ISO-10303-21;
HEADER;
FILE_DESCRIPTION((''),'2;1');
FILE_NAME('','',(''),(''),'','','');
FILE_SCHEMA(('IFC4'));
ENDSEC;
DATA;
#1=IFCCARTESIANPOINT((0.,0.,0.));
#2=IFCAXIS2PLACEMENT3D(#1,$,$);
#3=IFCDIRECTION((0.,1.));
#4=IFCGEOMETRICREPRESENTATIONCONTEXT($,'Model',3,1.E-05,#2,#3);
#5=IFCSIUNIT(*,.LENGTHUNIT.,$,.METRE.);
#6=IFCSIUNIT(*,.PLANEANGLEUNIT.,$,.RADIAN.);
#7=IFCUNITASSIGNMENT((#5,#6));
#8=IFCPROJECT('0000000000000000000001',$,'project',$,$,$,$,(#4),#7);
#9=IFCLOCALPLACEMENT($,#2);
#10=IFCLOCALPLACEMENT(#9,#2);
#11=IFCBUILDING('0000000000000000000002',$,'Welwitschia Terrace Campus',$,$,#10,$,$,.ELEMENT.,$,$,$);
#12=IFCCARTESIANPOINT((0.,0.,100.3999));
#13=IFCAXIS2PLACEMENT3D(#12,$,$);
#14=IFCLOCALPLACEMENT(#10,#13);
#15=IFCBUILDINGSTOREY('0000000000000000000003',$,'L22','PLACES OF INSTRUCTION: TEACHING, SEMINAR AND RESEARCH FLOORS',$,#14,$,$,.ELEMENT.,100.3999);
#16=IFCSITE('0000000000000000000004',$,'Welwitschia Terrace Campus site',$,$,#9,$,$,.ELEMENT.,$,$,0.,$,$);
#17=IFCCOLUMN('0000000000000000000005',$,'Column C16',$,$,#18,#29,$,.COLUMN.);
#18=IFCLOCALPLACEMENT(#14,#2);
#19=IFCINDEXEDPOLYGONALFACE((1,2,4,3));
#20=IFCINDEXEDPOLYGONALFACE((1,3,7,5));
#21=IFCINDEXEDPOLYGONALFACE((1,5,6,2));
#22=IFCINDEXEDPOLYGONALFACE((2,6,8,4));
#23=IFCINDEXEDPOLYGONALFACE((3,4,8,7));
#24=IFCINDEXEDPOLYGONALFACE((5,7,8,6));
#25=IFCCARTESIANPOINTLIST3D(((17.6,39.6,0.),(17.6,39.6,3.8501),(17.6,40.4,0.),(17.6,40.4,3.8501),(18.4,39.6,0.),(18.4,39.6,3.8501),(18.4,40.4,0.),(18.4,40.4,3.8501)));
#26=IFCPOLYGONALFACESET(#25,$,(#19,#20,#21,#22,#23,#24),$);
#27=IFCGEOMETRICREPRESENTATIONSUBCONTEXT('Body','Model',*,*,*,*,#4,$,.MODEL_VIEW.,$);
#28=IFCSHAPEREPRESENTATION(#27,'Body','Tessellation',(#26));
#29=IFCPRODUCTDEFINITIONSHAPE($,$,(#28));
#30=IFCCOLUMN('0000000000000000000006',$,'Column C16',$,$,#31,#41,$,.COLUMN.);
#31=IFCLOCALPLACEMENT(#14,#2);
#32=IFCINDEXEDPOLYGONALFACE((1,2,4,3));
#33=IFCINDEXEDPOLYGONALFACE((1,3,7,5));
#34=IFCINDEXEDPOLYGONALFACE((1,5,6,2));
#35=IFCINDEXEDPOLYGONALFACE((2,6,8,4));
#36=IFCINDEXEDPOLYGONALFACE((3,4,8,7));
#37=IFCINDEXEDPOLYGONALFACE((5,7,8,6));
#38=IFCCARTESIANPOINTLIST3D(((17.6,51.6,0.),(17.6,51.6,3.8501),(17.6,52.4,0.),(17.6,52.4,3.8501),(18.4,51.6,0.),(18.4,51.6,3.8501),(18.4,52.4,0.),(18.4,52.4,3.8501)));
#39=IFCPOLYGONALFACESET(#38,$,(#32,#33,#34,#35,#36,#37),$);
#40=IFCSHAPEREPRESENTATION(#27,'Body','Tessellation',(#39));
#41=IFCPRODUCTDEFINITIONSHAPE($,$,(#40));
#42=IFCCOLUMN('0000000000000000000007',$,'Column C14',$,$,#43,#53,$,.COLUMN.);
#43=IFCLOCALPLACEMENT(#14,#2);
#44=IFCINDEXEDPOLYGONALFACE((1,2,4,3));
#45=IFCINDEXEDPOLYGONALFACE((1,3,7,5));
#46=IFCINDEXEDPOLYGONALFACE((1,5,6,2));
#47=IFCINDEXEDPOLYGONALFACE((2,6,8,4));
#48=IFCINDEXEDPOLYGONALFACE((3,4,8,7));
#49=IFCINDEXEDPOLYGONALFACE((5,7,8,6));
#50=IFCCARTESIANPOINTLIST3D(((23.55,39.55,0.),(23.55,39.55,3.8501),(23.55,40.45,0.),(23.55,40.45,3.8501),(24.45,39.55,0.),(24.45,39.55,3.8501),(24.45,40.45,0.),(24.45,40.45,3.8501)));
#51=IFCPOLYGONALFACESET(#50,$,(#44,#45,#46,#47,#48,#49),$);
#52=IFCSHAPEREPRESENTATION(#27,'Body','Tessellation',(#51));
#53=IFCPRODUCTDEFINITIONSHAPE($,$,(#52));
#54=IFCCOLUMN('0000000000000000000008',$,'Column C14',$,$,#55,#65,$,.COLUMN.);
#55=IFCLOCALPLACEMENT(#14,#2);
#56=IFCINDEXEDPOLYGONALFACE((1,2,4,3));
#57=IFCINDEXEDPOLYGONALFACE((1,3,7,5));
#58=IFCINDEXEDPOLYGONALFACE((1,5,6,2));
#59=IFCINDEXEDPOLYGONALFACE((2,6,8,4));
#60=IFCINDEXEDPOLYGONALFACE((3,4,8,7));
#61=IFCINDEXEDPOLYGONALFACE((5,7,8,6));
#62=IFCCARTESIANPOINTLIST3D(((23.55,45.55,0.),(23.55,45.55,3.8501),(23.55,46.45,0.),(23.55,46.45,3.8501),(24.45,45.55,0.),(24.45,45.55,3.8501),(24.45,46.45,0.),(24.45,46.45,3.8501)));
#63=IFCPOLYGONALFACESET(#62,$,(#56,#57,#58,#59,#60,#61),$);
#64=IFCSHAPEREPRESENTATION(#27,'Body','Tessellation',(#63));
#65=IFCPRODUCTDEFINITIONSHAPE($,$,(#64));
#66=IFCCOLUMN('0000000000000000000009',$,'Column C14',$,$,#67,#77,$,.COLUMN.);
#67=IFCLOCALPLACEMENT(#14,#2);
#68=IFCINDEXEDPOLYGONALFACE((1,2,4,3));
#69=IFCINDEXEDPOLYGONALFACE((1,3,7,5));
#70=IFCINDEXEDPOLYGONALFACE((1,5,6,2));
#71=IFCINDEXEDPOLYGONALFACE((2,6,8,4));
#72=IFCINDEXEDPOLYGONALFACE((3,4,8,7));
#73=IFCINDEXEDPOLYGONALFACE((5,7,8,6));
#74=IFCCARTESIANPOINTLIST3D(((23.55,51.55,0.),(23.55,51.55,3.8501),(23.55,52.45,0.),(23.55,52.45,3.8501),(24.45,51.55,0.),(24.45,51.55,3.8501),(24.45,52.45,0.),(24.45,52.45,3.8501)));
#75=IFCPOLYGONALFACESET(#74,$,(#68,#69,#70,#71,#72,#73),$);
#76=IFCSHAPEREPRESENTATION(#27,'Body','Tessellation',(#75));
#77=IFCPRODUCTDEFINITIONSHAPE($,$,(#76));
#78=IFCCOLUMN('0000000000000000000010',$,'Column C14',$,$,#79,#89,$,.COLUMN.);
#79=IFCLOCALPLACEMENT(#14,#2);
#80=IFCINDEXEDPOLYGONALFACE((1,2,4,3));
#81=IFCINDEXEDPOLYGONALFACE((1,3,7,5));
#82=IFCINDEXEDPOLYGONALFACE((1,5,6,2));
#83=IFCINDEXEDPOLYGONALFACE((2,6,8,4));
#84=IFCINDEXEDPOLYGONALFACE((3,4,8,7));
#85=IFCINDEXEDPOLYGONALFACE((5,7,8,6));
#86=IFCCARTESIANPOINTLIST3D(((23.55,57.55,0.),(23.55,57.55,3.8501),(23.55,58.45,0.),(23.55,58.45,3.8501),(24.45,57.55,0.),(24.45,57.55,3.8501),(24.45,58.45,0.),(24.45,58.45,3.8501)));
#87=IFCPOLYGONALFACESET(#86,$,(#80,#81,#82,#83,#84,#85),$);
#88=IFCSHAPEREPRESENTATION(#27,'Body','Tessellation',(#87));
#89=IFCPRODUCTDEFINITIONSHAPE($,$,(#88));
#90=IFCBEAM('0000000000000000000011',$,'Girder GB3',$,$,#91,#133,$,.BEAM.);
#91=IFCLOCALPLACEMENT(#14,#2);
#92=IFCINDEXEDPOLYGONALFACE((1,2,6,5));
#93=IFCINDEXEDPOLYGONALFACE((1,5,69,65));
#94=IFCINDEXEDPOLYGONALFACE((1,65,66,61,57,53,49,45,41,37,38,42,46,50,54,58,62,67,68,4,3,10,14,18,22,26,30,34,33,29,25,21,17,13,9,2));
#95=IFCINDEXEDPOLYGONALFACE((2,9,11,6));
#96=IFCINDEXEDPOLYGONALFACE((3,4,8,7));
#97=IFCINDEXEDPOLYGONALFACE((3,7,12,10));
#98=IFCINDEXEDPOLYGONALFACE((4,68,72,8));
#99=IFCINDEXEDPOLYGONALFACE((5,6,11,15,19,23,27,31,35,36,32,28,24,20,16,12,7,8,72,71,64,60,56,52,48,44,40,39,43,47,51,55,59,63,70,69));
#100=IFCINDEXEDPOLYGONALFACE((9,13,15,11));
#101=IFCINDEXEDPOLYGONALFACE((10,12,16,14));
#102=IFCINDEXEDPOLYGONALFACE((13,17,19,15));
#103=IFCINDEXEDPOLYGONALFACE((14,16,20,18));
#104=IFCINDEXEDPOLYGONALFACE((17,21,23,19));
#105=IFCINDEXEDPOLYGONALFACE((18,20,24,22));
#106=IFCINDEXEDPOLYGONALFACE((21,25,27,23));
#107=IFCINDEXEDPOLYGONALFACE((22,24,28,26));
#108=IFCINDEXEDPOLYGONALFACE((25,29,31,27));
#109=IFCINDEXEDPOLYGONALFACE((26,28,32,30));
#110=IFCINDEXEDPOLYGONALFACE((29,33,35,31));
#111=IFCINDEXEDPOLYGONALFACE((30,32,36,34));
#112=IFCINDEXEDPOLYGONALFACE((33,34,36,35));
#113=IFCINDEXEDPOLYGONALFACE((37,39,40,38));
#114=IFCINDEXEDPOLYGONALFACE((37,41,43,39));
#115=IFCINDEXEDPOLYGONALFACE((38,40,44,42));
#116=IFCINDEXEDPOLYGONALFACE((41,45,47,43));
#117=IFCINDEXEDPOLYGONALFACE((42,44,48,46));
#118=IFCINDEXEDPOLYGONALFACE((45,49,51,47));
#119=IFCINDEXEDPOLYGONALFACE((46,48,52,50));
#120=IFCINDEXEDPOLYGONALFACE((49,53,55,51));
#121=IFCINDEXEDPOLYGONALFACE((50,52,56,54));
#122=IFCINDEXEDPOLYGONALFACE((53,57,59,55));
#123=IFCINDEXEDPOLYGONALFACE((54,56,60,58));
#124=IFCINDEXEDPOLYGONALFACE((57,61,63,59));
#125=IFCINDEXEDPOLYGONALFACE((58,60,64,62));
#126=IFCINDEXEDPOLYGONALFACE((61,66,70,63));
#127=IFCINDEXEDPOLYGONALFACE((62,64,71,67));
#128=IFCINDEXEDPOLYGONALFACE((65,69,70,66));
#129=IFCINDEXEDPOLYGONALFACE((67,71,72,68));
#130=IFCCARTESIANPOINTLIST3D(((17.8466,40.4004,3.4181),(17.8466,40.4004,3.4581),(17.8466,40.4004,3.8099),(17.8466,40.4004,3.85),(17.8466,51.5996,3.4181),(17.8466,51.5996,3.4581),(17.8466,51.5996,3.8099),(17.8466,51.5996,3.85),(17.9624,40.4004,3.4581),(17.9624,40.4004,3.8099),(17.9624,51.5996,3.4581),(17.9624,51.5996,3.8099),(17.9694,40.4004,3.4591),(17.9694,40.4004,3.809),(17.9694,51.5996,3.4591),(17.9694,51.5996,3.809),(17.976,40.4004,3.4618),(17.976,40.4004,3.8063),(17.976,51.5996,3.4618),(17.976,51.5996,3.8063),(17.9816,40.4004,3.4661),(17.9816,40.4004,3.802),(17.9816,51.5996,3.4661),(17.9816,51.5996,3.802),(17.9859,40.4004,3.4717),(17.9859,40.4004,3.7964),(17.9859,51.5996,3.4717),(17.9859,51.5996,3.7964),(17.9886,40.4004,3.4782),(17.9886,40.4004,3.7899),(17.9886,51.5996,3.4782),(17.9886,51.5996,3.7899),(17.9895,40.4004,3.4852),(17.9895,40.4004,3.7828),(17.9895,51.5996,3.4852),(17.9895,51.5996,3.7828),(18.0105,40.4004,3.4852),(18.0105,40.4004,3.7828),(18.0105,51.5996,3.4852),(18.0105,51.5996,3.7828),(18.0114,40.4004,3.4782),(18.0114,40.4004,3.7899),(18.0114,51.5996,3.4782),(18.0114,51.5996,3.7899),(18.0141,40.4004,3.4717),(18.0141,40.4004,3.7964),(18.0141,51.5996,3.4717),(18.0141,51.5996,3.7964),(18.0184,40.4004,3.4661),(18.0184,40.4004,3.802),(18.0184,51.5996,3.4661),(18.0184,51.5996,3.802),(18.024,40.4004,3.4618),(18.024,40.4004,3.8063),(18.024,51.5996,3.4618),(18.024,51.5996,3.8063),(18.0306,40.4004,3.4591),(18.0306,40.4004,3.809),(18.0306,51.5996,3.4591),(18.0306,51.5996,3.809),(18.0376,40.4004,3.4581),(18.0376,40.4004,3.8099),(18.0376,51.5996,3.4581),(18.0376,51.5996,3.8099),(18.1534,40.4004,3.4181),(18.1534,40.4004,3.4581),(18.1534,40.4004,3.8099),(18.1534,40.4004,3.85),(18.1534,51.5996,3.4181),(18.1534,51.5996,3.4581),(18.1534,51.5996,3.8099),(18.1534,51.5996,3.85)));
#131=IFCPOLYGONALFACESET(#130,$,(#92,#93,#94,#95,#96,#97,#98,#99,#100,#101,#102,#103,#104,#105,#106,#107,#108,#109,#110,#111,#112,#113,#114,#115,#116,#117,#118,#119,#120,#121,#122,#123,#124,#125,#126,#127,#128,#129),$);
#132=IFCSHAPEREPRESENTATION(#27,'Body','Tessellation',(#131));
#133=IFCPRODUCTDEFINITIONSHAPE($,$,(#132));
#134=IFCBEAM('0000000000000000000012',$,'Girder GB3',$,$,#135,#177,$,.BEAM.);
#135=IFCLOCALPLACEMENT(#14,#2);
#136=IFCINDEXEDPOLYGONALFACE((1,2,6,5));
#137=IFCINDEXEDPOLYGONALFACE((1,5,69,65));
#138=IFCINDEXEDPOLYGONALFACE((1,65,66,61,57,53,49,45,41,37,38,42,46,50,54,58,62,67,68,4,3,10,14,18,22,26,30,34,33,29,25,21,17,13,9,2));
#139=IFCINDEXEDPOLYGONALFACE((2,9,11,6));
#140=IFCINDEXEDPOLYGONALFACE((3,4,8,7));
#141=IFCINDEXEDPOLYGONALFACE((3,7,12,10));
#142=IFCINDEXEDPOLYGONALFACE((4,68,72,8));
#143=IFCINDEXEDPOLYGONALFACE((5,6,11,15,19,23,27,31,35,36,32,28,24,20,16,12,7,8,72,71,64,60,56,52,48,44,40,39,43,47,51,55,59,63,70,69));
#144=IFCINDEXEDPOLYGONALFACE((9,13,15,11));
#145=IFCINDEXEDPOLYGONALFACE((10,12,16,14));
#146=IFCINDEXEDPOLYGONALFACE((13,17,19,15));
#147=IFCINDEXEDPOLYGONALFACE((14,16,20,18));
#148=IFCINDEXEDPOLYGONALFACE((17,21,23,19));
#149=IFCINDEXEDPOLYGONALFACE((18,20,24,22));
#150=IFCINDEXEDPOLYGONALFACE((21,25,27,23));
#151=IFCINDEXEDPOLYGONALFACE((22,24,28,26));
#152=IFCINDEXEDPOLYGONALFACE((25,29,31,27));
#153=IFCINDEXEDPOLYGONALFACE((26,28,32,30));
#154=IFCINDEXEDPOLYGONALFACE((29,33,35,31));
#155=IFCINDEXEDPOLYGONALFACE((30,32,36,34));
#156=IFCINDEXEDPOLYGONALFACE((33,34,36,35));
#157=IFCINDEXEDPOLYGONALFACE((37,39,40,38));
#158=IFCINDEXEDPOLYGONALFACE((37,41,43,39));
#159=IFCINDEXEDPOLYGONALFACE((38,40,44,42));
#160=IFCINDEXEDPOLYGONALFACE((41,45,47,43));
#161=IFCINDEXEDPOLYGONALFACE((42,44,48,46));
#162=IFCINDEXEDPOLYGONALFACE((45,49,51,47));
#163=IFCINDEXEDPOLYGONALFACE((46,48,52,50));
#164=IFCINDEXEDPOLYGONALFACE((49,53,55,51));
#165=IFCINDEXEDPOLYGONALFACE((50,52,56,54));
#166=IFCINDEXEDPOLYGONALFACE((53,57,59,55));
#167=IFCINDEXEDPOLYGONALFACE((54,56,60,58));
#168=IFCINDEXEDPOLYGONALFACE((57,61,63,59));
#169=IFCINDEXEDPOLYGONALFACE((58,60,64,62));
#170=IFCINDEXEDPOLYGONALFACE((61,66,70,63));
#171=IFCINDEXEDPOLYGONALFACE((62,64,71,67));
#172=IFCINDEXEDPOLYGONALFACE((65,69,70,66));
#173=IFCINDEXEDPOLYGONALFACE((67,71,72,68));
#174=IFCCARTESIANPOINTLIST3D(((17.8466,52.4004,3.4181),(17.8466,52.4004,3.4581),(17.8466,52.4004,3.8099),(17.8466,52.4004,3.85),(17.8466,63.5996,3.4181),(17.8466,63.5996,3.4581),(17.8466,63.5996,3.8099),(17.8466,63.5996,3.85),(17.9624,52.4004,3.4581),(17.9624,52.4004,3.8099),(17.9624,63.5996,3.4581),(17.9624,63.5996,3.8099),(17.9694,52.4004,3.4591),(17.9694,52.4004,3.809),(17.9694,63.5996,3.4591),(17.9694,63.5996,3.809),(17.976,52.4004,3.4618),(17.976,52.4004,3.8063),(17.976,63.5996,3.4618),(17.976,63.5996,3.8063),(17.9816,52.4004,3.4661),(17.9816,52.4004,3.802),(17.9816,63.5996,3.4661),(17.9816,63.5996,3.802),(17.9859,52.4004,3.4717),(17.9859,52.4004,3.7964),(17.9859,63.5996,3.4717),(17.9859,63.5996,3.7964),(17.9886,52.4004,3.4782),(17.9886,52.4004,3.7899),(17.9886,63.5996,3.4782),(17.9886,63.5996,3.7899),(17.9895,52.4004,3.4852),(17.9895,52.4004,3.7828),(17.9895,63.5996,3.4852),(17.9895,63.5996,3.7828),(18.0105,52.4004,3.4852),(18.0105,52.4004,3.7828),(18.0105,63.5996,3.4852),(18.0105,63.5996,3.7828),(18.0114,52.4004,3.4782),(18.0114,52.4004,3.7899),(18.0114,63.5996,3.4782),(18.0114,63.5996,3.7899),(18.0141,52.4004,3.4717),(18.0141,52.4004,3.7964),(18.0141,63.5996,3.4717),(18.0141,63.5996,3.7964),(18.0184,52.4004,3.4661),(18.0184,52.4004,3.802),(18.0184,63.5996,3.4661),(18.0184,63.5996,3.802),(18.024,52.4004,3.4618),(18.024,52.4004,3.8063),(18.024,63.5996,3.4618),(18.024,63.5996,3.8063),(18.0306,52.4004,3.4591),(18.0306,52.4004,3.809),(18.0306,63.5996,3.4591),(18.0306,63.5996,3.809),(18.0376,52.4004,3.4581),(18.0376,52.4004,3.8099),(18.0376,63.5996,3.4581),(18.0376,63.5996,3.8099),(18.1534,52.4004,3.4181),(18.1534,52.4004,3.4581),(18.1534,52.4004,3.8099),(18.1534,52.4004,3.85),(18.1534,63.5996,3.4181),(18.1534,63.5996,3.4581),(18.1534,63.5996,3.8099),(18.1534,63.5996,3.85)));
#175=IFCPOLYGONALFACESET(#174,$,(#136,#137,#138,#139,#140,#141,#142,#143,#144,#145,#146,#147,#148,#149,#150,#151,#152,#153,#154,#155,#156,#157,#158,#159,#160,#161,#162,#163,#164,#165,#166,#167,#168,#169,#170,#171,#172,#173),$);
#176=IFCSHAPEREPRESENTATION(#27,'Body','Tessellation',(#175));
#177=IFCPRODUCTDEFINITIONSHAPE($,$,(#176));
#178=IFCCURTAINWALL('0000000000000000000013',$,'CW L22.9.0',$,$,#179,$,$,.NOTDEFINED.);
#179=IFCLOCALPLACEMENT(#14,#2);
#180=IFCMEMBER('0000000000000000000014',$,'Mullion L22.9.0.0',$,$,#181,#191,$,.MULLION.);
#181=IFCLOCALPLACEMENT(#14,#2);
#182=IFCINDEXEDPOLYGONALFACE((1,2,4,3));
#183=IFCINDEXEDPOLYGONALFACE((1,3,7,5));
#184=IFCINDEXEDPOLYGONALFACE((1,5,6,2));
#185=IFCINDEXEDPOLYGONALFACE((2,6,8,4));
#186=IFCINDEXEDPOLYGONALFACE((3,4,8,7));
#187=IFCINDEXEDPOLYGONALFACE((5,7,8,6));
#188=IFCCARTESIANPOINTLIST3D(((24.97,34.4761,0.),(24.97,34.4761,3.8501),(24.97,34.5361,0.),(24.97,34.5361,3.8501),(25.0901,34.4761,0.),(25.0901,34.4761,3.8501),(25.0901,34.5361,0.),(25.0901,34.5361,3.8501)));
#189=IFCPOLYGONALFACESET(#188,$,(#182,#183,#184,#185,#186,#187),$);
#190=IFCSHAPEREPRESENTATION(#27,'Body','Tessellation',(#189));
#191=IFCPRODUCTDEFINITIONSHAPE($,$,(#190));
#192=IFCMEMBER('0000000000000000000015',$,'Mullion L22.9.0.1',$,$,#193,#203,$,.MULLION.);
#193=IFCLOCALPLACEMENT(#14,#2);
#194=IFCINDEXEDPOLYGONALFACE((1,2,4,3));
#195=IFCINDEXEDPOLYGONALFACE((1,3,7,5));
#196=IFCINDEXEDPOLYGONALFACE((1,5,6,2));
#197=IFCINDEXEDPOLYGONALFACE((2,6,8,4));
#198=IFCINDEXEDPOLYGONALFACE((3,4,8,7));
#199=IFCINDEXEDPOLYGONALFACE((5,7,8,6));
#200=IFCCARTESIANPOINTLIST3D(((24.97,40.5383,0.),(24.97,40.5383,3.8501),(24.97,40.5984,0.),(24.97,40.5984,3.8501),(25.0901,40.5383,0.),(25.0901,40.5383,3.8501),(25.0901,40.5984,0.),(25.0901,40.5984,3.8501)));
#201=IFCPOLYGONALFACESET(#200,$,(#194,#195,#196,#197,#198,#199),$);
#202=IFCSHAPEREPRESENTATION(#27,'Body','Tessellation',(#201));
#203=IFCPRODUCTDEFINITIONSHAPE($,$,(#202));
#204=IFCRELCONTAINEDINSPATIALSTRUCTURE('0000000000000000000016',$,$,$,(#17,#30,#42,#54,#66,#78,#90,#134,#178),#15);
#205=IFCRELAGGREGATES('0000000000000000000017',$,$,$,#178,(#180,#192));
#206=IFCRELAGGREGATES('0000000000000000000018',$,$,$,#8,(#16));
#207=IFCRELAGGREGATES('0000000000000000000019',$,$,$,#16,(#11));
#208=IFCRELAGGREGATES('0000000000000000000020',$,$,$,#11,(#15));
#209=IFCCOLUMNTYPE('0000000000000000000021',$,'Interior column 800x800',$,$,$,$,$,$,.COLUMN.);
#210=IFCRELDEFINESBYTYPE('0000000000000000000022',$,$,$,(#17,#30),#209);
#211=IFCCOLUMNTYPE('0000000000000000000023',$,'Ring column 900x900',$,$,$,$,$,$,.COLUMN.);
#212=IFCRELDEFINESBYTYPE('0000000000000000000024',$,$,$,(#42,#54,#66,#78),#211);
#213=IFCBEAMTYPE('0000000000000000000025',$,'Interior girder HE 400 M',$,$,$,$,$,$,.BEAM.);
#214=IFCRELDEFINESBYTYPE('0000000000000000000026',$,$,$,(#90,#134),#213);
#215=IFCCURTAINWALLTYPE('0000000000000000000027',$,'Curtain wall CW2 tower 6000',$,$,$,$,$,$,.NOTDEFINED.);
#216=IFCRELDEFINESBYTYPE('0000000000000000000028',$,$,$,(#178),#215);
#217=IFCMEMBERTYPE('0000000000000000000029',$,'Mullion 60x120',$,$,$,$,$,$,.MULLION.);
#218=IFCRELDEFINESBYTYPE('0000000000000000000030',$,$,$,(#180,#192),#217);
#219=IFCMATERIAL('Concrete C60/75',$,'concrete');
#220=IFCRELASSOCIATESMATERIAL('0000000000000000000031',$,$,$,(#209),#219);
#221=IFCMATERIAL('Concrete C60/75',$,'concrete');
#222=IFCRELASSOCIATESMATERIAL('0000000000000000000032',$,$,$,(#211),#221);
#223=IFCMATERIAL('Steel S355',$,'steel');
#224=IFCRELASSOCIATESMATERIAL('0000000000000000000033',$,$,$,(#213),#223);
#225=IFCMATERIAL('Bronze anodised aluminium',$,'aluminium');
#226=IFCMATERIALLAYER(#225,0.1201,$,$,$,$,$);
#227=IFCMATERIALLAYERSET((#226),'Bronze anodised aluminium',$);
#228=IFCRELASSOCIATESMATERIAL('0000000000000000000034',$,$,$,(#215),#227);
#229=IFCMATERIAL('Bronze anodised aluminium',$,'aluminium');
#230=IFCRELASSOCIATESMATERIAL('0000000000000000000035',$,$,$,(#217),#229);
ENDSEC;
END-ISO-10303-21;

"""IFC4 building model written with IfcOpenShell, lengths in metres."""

from ifc_helpers import new_model, si_unit, direction, frame, origin, origin_2d, place, context, subcontext, project, spatial, rectangle, i_section, extrude, material, layer, layer_set, material_profile, profile_set, type_object, element, aggregate, save


model = new_model("IFC4")

# Units and contexts
model_context = context("Model", 3, precision=1e-05, world=origin(), true_north=direction((0.0, 1.0)))
body_context = subcontext(model_context, "Body", "Model", "MODEL_VIEW")
ifc_project = project(units=[si_unit("LENGTHUNIT", "METRE"), si_unit("PLANEANGLEUNIT", "RADIAN")], contexts=[model_context])

# Site, building, storey
site_placement = place(None, origin())
site = spatial("IfcSite", under=ifc_project, at=site_placement, Name="Welwitschia Terrace Campus site", CompositionType="ELEMENT", RefElevation=0.0)
building_placement = place(site_placement, origin())
building = spatial("IfcBuilding", under=site, at=building_placement, Name="Welwitschia Terrace Campus", CompositionType="ELEMENT")
storey_placement = place(building_placement, frame((0.0, 0.0, 100.3999)))
storey = spatial("IfcBuildingStorey", under=building, at=storey_placement, Name="L22", Description="PLACES OF INSTRUCTION: TEACHING, SEMINAR AND RESEARCH FLOORS", CompositionType="ELEMENT", Elevation=100.3999)

# Columns
ifc_material_1 = material(Name="Concrete C60/75", Category="concrete")
ifc_material_profile_1 = material_profile(ifc_material_1, rectangle(XDim=0.8, YDim=0.8, at=origin_2d()))
ifc_profile_set_1 = profile_set([ifc_material_profile_1], Name="Concrete C60/75")
column_type_1 = type_object("IfcColumnType", Name="Interior column 800x800", PredefinedType="COLUMN", material=ifc_profile_set_1)
for number, where, z_axis, x_axis, name in (
    (1, (18.0, 40.0, 0.0), (0.0, 0.0, 1.0), (1.0, 0.0, 0.0), "Column C16"),
    (2, (18.0, 52.0, 0.0), (0.0, 0.0, 1.0), (1.0, 0.0, 0.0), "Column C16"),
):
    element("IfcColumn", number, at=place(storey_placement, frame(where, z_axis=z_axis, x_axis=x_axis)), inside=storey, type_object=column_type_1, Name=name, PredefinedType="COLUMN", context=body_context, shape_type="SweptSolid", body=[
        extrude(rectangle(XDim=0.8, YDim=0.8, at=origin_2d()), origin(), (0.0, 0.0, 1.0), 3.8501),
    ])
ifc_material_2 = material(Name="Concrete C60/75", Category="concrete")
ifc_material_profile_2 = material_profile(ifc_material_2, rectangle(XDim=0.8999, YDim=0.8999, at=origin_2d()))
ifc_profile_set_2 = profile_set([ifc_material_profile_2], Name="Concrete C60/75")
column_type_2 = type_object("IfcColumnType", Name="Ring column 900x900", PredefinedType="COLUMN", material=ifc_profile_set_2)
for number, where, z_axis, x_axis, name in (
    (3, (24.0, 40.0, 0.0), (0.0, 0.0, 1.0), (1.0, 0.0, 0.0), "Column C14"),
    (4, (24.0, 46.0, 0.0), (0.0, 0.0, 1.0), (1.0, 0.0, 0.0), "Column C14"),
    (5, (24.0, 52.0, 0.0), (0.0, 0.0, 1.0), (1.0, 0.0, 0.0), "Column C14"),
    (6, (24.0, 58.0, 0.0), (0.0, 0.0, 1.0), (1.0, 0.0, 0.0), "Column C14"),
):
    element("IfcColumn", number, at=place(storey_placement, frame(where, z_axis=z_axis, x_axis=x_axis)), inside=storey, type_object=column_type_2, Name=name, PredefinedType="COLUMN", context=body_context, shape_type="SweptSolid", body=[
        extrude(rectangle(XDim=0.8999, YDim=0.8999, at=origin_2d()), origin(), (0.0, 0.0, 1.0), 3.8501),
    ])

# Beams
ifc_material_3 = material(Name="Steel S355", Category="steel")
ifc_material_profile_3 = material_profile(ifc_material_3, i_section(OverallWidth=0.3069, OverallDepth=0.4319, WebThickness=0.021, FlangeThickness=0.04, FilletRadius=0.0271, at=origin_2d()))
ifc_profile_set_3 = profile_set([ifc_material_profile_3], Name="Steel S355")
beam_type_1 = type_object("IfcBeamType", Name="Interior girder HE 400 M", PredefinedType="BEAM", material=ifc_profile_set_3)
for number, where, z_axis, x_axis, name in (
    (7, (18.0, 40.4004, 3.634), (0.0, 1.0, 0.0), (-1.0, 0.0, 0.0), "Girder GB3"),
    (8, (18.0, 52.4004, 3.634), (0.0, 1.0, 0.0), (-1.0, 0.0, 0.0), "Girder GB3"),
):
    element("IfcBeam", number, at=place(storey_placement, frame(where, z_axis=z_axis, x_axis=x_axis)), inside=storey, type_object=beam_type_1, Name=name, PredefinedType="BEAM", context=body_context, shape_type="SweptSolid", body=[
        extrude(i_section(OverallWidth=0.3069, OverallDepth=0.4319, WebThickness=0.021, FlangeThickness=0.04, FilletRadius=0.0271, at=origin_2d()), origin(), (0.0, 0.0, 1.0), 11.1992),
    ])

# Curtain wall, members
ifc_material_4 = material(Name="Bronze anodised aluminium", Category="aluminium")
ifc_layer_1 = layer(ifc_material_4, 0.1201)
ifc_layer_set_1 = layer_set([ifc_layer_1], Name="Bronze anodised aluminium")
curtain_wall_type = type_object("IfcCurtainWallType", Name="Curtain wall CW2 tower 6000", PredefinedType="NOTDEFINED", material=ifc_layer_set_1)
curtain_wall_placement = place(storey_placement, origin())
curtain_wall = element("IfcCurtainWall", 9, at=curtain_wall_placement, inside=storey, type_object=curtain_wall_type, Name="CW L22.9.0", PredefinedType="NOTDEFINED")
ifc_material_5 = material(Name="Bronze anodised aluminium", Category="aluminium")
ifc_material_profile_4 = material_profile(ifc_material_5, rectangle(XDim=0.1201, YDim=0.0601, at=origin_2d()))
ifc_profile_set_4 = profile_set([ifc_material_profile_4], Name="Bronze anodised aluminium")
member_type_1 = type_object("IfcMemberType", Name="Mullion 60x120", PredefinedType="MULLION", material=ifc_profile_set_4)
member_1_placement = place(storey_placement, frame((25.03, 34.5061, 0.0), z_axis=(0.0, 0.0, 1.0), x_axis=(-1.0, 0.0, 0.0)))
member_1 = element("IfcMember", 10, at=member_1_placement, type_object=member_type_1, Name="Mullion L22.9.0.0", PredefinedType="MULLION", context=body_context, shape_type="SweptSolid", body=[
    extrude(rectangle(XDim=0.1201, YDim=0.0601, at=origin_2d()), origin(), (0.0, 0.0, 1.0), 3.8501),
])
member_2_placement = place(storey_placement, frame((25.03, 40.5684, 0.0), z_axis=(0.0, 0.0, 1.0), x_axis=(-1.0, 0.0, 0.0)))
member_2 = element("IfcMember", 11, at=member_2_placement, type_object=member_type_1, Name="Mullion L22.9.0.1", PredefinedType="MULLION", context=body_context, shape_type="SweptSolid", body=[
    extrude(rectangle(XDim=0.1201, YDim=0.0601, at=origin_2d()), origin(), (0.0, 0.0, 1.0), 3.8501),
])

aggregate(curtain_wall, [member_1, member_2])

save(model, "model.ifc")
